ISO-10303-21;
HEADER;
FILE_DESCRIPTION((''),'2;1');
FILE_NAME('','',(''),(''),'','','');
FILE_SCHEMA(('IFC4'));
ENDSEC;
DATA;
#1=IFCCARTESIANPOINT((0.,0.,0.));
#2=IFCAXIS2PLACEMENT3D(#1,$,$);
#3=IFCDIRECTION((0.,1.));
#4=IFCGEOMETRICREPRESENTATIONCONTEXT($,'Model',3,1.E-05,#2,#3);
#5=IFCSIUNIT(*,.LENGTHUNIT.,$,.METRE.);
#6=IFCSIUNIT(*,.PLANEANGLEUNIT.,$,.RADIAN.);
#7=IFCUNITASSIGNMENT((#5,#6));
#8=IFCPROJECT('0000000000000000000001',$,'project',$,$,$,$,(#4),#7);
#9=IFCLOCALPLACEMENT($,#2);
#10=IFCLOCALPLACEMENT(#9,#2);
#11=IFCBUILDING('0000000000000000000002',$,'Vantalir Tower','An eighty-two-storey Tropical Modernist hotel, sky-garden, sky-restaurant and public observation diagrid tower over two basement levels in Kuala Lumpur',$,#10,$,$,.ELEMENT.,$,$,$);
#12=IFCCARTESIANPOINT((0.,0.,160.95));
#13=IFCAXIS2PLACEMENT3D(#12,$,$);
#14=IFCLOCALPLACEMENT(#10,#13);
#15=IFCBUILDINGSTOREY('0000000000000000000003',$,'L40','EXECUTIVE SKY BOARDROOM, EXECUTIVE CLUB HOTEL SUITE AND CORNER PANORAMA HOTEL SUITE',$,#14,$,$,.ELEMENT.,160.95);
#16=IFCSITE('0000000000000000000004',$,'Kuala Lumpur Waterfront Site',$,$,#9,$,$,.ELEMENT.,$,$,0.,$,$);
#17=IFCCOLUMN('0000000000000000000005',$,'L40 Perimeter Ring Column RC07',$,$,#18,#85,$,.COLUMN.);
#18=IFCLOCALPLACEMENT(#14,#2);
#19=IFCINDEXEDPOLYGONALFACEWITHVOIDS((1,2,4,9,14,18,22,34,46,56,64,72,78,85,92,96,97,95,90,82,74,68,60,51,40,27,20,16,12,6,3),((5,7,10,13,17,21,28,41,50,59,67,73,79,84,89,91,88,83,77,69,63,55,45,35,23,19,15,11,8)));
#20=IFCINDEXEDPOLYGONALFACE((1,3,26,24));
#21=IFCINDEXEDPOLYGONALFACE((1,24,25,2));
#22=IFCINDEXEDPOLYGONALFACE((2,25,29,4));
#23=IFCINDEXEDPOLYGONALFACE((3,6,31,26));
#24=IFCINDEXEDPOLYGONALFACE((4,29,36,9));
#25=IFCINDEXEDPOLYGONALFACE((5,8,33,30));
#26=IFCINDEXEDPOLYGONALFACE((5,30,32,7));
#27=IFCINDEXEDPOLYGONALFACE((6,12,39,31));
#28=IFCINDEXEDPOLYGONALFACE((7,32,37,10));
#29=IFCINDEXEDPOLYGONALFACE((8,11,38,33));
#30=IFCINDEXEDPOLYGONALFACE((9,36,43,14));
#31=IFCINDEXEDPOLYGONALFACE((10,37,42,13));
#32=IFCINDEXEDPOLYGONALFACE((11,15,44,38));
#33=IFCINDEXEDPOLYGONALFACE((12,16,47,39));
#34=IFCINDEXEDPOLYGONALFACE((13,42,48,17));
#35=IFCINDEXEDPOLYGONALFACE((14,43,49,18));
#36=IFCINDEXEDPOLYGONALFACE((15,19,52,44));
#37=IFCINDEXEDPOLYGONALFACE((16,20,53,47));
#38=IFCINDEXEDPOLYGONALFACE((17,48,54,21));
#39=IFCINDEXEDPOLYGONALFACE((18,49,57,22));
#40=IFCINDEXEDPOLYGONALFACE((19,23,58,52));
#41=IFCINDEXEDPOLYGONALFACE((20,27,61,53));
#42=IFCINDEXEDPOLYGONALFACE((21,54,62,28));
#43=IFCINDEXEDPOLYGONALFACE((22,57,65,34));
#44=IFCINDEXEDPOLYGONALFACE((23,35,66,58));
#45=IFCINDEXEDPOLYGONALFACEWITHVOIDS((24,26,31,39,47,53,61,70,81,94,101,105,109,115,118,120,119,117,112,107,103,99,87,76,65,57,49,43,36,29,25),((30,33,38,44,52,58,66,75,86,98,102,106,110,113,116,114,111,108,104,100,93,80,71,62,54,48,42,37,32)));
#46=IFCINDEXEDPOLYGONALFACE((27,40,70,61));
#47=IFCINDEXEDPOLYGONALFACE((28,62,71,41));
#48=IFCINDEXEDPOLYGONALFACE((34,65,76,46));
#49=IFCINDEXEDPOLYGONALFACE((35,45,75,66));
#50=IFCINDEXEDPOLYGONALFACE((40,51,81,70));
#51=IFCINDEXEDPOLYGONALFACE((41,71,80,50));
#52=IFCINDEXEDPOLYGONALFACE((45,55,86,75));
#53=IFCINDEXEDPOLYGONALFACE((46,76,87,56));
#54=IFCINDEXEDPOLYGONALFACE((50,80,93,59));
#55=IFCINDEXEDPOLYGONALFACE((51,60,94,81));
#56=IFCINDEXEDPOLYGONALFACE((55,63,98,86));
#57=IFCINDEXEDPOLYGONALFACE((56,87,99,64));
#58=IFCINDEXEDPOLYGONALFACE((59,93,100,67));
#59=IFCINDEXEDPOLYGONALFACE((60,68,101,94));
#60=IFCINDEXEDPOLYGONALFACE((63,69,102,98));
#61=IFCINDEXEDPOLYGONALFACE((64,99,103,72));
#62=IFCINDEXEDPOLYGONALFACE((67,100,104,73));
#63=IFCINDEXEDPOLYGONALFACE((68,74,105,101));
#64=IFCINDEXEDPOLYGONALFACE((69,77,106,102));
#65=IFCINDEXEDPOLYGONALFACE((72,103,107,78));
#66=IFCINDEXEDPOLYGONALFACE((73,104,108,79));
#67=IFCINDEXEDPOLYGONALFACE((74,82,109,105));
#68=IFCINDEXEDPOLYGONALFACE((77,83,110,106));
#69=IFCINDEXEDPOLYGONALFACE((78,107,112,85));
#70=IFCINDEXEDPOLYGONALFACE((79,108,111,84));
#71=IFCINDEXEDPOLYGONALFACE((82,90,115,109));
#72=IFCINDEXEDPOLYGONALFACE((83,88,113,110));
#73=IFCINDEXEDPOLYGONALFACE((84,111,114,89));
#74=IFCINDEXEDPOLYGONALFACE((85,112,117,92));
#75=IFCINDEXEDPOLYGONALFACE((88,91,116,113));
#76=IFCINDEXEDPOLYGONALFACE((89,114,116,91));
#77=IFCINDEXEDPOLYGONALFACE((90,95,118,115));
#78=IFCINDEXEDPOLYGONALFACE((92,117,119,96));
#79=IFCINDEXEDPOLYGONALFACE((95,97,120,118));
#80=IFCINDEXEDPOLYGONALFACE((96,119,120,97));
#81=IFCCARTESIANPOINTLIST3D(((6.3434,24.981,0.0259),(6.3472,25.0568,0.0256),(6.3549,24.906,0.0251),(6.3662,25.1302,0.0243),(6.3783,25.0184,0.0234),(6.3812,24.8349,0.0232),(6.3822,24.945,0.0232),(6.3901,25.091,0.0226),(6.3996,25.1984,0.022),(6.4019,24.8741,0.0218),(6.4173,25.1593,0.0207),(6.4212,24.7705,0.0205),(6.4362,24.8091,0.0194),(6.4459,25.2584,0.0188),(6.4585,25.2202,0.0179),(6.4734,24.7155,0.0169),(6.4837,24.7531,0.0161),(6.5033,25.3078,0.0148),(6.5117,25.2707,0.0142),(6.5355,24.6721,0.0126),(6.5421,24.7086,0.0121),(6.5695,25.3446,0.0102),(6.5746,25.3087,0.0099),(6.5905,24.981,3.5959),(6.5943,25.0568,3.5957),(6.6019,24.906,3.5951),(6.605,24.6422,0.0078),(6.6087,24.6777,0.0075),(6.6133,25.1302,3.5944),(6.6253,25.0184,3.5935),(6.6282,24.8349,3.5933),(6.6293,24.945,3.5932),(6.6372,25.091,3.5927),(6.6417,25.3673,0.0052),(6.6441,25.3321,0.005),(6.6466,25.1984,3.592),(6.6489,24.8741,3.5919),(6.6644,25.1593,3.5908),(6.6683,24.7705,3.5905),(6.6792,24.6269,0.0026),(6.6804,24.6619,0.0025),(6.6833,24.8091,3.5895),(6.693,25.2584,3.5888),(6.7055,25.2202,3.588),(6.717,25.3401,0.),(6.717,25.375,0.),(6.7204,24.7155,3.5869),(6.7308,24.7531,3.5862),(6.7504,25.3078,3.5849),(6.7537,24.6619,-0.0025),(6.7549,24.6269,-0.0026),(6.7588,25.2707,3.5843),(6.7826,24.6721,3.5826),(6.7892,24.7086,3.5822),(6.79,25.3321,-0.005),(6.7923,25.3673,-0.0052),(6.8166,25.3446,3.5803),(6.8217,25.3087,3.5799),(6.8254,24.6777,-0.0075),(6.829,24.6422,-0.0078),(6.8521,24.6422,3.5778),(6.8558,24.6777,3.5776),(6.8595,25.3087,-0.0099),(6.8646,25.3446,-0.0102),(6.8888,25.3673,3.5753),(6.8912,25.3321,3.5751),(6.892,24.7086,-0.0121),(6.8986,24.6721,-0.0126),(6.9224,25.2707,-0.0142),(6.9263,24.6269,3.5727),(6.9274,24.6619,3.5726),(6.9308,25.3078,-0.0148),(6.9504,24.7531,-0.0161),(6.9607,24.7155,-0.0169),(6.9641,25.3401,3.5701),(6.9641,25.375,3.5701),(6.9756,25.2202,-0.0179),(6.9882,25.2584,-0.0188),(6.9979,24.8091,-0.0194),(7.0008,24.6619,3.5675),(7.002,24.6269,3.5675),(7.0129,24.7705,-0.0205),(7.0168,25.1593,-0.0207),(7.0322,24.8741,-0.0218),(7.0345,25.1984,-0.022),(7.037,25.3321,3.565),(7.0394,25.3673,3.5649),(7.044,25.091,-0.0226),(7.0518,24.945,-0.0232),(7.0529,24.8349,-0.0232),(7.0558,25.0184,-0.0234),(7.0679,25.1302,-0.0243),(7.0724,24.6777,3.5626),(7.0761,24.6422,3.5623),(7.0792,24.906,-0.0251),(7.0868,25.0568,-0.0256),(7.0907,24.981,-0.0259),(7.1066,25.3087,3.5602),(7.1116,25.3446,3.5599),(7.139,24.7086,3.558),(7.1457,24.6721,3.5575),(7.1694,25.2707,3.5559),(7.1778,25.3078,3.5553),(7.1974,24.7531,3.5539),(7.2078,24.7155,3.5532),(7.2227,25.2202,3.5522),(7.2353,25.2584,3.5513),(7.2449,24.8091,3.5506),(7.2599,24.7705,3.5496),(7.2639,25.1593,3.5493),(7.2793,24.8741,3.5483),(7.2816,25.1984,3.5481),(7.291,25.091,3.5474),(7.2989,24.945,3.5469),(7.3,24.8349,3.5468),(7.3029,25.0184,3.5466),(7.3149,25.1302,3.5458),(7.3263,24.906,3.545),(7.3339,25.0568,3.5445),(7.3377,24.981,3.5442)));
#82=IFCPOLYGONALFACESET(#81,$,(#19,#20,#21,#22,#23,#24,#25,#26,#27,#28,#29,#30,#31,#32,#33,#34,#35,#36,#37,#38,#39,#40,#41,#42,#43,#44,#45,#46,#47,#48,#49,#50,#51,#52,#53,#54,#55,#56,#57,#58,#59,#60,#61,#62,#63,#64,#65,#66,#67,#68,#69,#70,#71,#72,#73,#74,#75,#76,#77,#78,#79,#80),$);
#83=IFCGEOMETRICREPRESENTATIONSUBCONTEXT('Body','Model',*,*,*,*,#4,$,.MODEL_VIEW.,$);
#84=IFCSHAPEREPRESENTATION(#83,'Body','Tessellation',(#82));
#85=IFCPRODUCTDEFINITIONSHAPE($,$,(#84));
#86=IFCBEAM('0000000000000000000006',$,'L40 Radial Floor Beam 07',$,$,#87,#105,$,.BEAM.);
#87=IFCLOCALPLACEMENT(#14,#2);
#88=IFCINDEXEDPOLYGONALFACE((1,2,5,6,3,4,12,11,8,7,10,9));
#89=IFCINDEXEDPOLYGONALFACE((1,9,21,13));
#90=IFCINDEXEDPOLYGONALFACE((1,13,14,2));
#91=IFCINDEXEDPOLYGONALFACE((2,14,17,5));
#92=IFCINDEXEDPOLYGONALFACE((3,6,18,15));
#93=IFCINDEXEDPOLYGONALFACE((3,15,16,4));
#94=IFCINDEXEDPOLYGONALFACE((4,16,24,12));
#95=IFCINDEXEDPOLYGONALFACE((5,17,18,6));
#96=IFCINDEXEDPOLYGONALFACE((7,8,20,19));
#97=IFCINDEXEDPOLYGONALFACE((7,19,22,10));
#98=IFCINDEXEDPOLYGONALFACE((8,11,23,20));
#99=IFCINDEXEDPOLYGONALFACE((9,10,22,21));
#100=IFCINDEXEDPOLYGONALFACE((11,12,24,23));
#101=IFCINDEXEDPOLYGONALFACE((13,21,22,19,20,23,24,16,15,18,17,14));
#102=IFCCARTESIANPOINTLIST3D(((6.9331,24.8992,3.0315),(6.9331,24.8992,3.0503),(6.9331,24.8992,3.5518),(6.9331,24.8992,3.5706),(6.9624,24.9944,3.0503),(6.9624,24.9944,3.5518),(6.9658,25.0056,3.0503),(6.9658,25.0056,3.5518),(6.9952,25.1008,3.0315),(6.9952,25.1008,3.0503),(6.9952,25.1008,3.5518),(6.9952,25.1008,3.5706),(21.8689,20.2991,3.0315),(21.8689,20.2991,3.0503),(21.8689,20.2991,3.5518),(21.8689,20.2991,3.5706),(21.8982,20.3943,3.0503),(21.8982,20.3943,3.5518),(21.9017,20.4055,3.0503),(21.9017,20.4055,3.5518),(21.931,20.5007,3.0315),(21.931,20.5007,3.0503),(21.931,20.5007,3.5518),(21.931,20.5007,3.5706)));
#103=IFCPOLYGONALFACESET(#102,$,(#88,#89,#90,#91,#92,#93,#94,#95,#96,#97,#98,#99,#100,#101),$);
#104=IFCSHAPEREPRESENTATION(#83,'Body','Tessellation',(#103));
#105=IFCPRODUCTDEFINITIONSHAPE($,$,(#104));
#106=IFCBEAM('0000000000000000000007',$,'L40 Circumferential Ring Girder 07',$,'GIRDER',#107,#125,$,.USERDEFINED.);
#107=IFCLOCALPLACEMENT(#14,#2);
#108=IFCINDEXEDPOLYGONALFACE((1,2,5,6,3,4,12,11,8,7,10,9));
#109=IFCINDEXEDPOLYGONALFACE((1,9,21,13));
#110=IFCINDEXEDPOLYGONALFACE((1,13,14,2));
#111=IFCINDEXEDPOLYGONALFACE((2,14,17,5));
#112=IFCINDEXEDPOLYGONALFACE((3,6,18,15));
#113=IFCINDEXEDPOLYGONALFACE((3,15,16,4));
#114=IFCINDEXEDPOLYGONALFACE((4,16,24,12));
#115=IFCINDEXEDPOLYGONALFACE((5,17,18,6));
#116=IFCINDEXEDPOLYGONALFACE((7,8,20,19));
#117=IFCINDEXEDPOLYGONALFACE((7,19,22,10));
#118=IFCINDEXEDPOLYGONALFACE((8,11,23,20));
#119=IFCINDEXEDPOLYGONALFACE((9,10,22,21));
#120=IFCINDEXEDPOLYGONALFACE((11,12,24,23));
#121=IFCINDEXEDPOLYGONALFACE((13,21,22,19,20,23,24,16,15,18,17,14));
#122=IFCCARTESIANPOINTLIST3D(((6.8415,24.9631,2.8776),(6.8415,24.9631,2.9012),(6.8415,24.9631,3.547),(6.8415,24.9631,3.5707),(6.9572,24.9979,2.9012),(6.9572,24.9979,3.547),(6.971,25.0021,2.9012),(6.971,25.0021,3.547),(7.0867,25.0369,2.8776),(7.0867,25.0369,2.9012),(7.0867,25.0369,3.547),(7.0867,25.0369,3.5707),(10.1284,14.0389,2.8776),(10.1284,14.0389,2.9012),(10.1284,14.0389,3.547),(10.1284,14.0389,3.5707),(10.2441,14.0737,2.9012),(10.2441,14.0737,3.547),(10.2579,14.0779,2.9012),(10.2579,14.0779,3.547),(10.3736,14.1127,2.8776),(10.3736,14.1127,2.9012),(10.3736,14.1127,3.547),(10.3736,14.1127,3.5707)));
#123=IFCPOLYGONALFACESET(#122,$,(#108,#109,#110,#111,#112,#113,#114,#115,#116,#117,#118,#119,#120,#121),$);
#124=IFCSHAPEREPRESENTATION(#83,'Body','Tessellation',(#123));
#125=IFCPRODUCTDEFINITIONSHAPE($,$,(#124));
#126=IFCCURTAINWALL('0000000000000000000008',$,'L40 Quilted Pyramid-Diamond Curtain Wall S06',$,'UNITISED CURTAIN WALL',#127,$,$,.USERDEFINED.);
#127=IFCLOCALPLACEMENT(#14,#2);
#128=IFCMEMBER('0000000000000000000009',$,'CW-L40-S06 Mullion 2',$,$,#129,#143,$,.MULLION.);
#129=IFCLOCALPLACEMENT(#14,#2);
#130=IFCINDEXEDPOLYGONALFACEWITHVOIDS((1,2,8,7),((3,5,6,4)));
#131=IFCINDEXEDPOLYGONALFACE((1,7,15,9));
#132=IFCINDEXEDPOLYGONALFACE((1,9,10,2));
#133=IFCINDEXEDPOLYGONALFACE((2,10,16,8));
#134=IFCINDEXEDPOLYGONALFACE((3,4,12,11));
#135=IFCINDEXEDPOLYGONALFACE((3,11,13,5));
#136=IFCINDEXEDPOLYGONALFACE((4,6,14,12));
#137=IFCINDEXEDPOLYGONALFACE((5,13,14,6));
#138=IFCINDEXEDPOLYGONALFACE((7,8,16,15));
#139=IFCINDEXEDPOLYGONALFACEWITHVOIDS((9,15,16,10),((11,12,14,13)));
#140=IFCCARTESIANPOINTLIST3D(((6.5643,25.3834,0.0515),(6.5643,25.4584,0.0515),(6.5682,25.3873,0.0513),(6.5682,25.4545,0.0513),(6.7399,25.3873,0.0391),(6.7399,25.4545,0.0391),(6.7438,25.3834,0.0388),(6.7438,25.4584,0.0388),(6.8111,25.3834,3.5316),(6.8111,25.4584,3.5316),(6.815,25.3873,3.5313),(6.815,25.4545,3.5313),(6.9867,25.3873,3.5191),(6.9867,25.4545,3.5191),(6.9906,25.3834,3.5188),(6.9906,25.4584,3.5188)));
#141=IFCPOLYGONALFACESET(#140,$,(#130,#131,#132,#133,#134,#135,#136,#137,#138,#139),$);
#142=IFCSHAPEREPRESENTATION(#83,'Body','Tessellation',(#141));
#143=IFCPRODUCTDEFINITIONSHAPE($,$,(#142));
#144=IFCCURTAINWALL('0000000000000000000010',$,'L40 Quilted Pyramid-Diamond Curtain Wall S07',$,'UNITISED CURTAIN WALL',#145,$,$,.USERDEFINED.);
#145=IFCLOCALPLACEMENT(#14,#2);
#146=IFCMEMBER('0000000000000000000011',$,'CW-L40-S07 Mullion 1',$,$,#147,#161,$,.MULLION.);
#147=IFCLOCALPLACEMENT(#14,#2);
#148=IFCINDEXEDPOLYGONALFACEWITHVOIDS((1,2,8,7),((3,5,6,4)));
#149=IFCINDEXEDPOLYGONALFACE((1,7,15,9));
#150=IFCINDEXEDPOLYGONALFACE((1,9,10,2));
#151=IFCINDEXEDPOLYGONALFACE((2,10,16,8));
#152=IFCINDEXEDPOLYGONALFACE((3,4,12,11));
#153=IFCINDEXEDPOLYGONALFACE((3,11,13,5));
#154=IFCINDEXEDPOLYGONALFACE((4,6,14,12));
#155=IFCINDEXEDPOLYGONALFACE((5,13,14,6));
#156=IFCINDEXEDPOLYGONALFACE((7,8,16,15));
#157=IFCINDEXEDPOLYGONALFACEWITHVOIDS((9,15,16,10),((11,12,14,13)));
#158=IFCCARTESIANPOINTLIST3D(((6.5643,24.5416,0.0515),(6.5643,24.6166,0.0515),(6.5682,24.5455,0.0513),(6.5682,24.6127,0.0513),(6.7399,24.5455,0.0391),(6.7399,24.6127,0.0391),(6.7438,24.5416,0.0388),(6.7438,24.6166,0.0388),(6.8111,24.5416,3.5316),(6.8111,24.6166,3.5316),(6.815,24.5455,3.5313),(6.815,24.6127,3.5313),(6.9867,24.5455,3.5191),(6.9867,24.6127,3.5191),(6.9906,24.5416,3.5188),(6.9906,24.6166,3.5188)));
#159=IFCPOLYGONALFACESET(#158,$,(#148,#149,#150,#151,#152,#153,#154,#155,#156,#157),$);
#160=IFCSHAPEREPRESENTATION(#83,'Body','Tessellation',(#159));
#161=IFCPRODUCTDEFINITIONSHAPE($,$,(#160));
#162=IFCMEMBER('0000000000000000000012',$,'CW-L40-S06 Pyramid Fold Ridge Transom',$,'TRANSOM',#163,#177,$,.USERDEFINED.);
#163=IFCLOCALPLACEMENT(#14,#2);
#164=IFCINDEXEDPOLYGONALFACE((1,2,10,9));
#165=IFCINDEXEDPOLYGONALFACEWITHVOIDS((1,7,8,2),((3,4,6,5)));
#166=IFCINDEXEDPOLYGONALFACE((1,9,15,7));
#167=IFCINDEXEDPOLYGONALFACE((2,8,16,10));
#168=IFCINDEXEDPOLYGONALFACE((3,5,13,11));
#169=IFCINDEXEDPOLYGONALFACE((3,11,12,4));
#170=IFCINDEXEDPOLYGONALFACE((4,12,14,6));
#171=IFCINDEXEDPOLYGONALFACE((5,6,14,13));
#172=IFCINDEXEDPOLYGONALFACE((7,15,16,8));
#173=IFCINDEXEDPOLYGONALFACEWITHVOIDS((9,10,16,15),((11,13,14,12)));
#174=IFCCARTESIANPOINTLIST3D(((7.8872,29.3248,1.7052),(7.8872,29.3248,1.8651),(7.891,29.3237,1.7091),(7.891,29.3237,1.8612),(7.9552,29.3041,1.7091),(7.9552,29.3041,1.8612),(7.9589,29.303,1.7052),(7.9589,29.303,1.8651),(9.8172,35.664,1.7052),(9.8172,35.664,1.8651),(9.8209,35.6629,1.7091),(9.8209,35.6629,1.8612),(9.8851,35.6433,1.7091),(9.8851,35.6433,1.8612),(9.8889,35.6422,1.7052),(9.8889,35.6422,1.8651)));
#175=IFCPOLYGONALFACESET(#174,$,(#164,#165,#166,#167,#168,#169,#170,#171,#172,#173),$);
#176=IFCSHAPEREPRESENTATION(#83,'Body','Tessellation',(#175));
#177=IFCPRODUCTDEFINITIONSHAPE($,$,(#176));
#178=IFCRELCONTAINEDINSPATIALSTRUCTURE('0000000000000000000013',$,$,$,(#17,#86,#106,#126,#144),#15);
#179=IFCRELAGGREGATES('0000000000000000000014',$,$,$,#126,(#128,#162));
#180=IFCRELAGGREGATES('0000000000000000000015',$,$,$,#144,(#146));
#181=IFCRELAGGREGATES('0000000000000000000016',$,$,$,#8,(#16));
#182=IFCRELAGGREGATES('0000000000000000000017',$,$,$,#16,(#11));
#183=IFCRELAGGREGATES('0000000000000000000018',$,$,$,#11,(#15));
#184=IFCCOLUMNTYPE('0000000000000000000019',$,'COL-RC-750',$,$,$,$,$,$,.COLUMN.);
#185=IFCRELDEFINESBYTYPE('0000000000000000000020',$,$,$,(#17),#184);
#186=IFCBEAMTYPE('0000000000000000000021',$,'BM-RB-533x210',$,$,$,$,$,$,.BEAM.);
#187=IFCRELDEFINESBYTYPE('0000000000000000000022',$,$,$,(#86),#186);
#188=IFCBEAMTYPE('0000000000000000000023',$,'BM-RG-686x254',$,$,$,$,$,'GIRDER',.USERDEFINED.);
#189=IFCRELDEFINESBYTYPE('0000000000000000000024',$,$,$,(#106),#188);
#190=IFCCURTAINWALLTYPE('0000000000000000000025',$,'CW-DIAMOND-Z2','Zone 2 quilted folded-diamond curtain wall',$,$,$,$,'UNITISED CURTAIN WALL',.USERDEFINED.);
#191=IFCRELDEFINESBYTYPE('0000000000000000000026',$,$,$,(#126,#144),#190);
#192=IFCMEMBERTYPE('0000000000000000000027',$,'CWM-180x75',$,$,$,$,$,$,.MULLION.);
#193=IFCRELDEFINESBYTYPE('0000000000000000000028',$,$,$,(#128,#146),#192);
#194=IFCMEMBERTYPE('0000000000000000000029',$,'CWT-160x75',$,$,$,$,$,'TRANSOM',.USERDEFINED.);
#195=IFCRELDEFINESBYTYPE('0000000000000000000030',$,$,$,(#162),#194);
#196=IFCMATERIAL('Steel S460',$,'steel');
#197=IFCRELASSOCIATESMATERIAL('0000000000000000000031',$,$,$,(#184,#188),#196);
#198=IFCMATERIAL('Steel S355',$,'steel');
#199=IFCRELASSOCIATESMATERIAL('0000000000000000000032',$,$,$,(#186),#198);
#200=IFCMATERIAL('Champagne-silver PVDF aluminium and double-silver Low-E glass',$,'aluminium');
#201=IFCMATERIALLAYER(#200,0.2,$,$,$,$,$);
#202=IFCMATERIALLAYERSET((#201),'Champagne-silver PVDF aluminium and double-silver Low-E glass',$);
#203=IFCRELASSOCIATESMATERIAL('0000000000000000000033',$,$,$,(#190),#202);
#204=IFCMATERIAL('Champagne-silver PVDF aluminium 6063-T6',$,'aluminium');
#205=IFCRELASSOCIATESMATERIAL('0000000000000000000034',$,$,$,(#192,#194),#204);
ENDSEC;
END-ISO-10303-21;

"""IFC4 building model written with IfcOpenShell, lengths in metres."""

from ifc_helpers import new_model, si_unit, direction, frame, origin, origin_2d, place, context, subcontext, project, spatial, hollow_rectangle, hollow_circle, i_section, extrude, material, layer, layer_set, material_profile, profile_set, type_object, element, aggregate, save


model = new_model("IFC4")

# Units and contexts
model_context = context("Model", 3, precision=1e-05, world=origin(), true_north=direction((0.0, 1.0)))
body_context = subcontext(model_context, "Body", "Model", "MODEL_VIEW")
ifc_project = project(units=[si_unit("LENGTHUNIT", "METRE"), si_unit("PLANEANGLEUNIT", "RADIAN")], contexts=[model_context])

# Site, building, storey
site_placement = place(None, origin())
site = spatial("IfcSite", under=ifc_project, at=site_placement, Name="Kuala Lumpur Waterfront Site", CompositionType="ELEMENT", RefElevation=0.0)
building_placement = place(site_placement, origin())
building = spatial("IfcBuilding", under=site, at=building_placement, Name="Vantalir Tower", Description="An eighty-two-storey Tropical Modernist hotel, sky-garden, sky-restaurant and public observation diagrid tower over two basement levels in Kuala Lumpur", CompositionType="ELEMENT")
storey_placement = place(building_placement, frame((0.0, 0.0, 160.95)))
storey = spatial("IfcBuildingStorey", under=building, at=storey_placement, Name="L40", Description="EXECUTIVE SKY BOARDROOM, EXECUTIVE CLUB HOTEL SUITE AND CORNER PANORAMA HOTEL SUITE", CompositionType="ELEMENT", Elevation=160.95)

# Column
ifc_material_1 = material(Name="Steel S460", Category="steel")
ifc_material_profile_1 = material_profile(ifc_material_1, hollow_circle(Radius=0.375, WallThickness=0.0349, at=origin_2d()), Name="Steel S460")
ifc_profile_set_1 = profile_set([ifc_material_profile_1], Name="Steel S460")
column_type = type_object("IfcColumnType", Name="COL-RC-750", PredefinedType="COLUMN", material=ifc_profile_set_1)
column_placement = place(storey_placement, frame((6.717, 25.0, 0.0), z_axis=(0.069041, 0.0, 0.997614), x_axis=(0.0, 1.0, 0.0)))
element("IfcColumn", 1, at=column_placement, inside=storey, type_object=column_type, Name="L40 Perimeter Ring Column RC07", PredefinedType="COLUMN", context=body_context, shape_type="SweptSolid", body=[
    extrude(hollow_circle(Radius=0.375, WallThickness=0.0349, at=origin_2d()), origin(), (0.0, 0.0, 1.0), 3.5786),
])

# Beams
ifc_material_2 = material(Name="Steel S355", Category="steel")
ifc_material_profile_2 = material_profile(ifc_material_2, i_section(OverallWidth=0.2109, OverallDepth=0.5391, WebThickness=0.0117, FlangeThickness=0.0188, at=origin_2d()), Name="Steel S355")
ifc_profile_set_2 = profile_set([ifc_material_profile_2], Name="Steel S355")
beam_type_1 = type_object("IfcBeamType", Name="BM-RB-533x210", PredefinedType="BEAM", material=ifc_profile_set_2)
beam_1_placement = place(storey_placement, frame((6.9641, 25.0, 3.301), z_axis=(0.955699, -0.294347, 0.0), x_axis=(0.294347, 0.955699, 0.0)))
element("IfcBeam", 2, at=beam_1_placement, inside=storey, type_object=beam_type_1, Name="L40 Radial Floor Beam 07", PredefinedType="BEAM", context=body_context, shape_type="SweptSolid", body=[
    extrude(i_section(OverallWidth=0.2109, OverallDepth=0.5391, WebThickness=0.0117, FlangeThickness=0.0188, at=origin_2d()), origin(), (0.0, 0.0, 1.0), 15.6282),
])
ifc_material_profile_3 = material_profile(ifc_material_1, i_section(OverallWidth=0.2561, OverallDepth=0.6931, WebThickness=0.0144, FlangeThickness=0.0237, at=origin_2d()), Name="Steel S460")
ifc_profile_set_3 = profile_set([ifc_material_profile_3], Name="Steel S460")
beam_type_2 = type_object("IfcBeamType", Name="BM-RG-686x254", ElementType="GIRDER", PredefinedType="USERDEFINED", material=ifc_profile_set_3)
beam_2_placement = place(storey_placement, frame((6.9641, 25.0, 3.2241), z_axis=(0.288123, -0.957593, 0.0), x_axis=(0.957593, 0.288123, 0.0)))
element("IfcBeam", 3, at=beam_2_placement, inside=storey, type_object=beam_type_2, Name="L40 Circumferential Ring Girder 07", ObjectType="GIRDER", PredefinedType="USERDEFINED", context=body_context, shape_type="SweptSolid", body=[
    extrude(i_section(OverallWidth=0.2561, OverallDepth=0.6931, WebThickness=0.0144, FlangeThickness=0.0237, at=origin_2d()), origin(), (0.0, 0.0, 1.0), 11.408),
])

# Curtain walls, members
ifc_material_3 = material(Name="Champagne-silver PVDF aluminium and double-silver Low-E glass", Category="aluminium")
ifc_layer_1 = layer(ifc_material_3, 0.2)
ifc_layer_set_1 = layer_set([ifc_layer_1], Name="Champagne-silver PVDF aluminium and double-silver Low-E glass")
curtain_wall_type = type_object("IfcCurtainWallType", Name="CW-DIAMOND-Z2", Description="Zone 2 quilted folded-diamond curtain wall", ElementType="UNITISED CURTAIN WALL", PredefinedType="USERDEFINED", material=ifc_layer_set_1)
curtain_wall_1_placement = place(storey_placement, origin())
curtain_wall_1 = element("IfcCurtainWall", 4, at=curtain_wall_1_placement, inside=storey, type_object=curtain_wall_type, Name="L40 Quilted Pyramid-Diamond Curtain Wall S06", ObjectType="UNITISED CURTAIN WALL", PredefinedType="USERDEFINED")
ifc_material_4 = material(Name="Champagne-silver PVDF aluminium 6063-T6", Category="aluminium")
ifc_material_profile_4 = material_profile(ifc_material_4, hollow_rectangle(XDim=0.075, YDim=0.1799, WallThickness=0.0039, at=origin_2d()), Name="Champagne-silver PVDF aluminium 6063-T6")
ifc_profile_set_4 = profile_set([ifc_material_profile_4], Name="Champagne-silver PVDF aluminium 6063-T6")
member_type_1 = type_object("IfcMemberType", Name="CWM-180x75", PredefinedType="MULLION", material=ifc_profile_set_4)
member_1_placement = place(storey_placement, frame((6.6541, 25.4209, 0.0452), z_axis=(0.07075, 0.0, 0.997494), x_axis=(0.0, 1.0, 0.0)))
member_1 = element("IfcMember", 5, at=member_1_placement, type_object=member_type_1, Name="CW-L40-S06 Mullion 2", PredefinedType="MULLION", context=body_context, shape_type="SweptSolid", body=[
    extrude(hollow_rectangle(XDim=0.075, YDim=0.1799, WallThickness=0.0039, at=origin_2d()), origin(), (0.0, 0.0, 1.0), 3.4888),
])
curtain_wall_2_placement = place(storey_placement, origin())
curtain_wall_2 = element("IfcCurtainWall", 6, at=curtain_wall_2_placement, inside=storey, type_object=curtain_wall_type, Name="L40 Quilted Pyramid-Diamond Curtain Wall S07", ObjectType="UNITISED CURTAIN WALL", PredefinedType="USERDEFINED")
member_2_placement = place(storey_placement, frame((6.6541, 24.5791, 0.0452), z_axis=(0.07075, 0.0, 0.997494), x_axis=(0.0, 1.0, 0.0)))
member_2 = element("IfcMember", 7, at=member_2_placement, type_object=member_type_1, Name="CW-L40-S07 Mullion 1", PredefinedType="MULLION", context=body_context, shape_type="SweptSolid", body=[
    extrude(hollow_rectangle(XDim=0.075, YDim=0.1799, WallThickness=0.0039, at=origin_2d()), origin(), (0.0, 0.0, 1.0), 3.4888),
])

# Member
ifc_material_profile_5 = material_profile(ifc_material_4, hollow_rectangle(XDim=0.075, YDim=0.1599, WallThickness=0.0039, at=origin_2d()), Name="Champagne-silver PVDF aluminium 6063-T6")
ifc_profile_set_5 = profile_set([ifc_material_profile_5], Name="Champagne-silver PVDF aluminium 6063-T6")
member_type_2 = type_object("IfcMemberType", Name="CWT-160x75", ElementType="TRANSOM", PredefinedType="USERDEFINED", material=ifc_profile_set_5)
member_3_placement = place(storey_placement, frame((9.853, 35.6531, 1.7852), z_axis=(-0.29125, -0.956647, 0.0), x_axis=(0.956647, -0.29125, 0.0)))
member_3 = element("IfcMember", 8, at=member_3_placement, type_object=member_type_2, Name="CW-L40-S06 Pyramid Fold Ridge Transom", ObjectType="TRANSOM", PredefinedType="USERDEFINED", context=body_context, shape_type="SweptSolid", body=[
    extrude(hollow_rectangle(XDim=0.075, YDim=0.1599, WallThickness=0.0039, at=origin_2d()), origin(), (0.0, 0.0, 1.0), 6.6265),
])

aggregate(curtain_wall_1, [member_1, member_3])
aggregate(curtain_wall_2, [member_2])

save(model, "model.ifc")
